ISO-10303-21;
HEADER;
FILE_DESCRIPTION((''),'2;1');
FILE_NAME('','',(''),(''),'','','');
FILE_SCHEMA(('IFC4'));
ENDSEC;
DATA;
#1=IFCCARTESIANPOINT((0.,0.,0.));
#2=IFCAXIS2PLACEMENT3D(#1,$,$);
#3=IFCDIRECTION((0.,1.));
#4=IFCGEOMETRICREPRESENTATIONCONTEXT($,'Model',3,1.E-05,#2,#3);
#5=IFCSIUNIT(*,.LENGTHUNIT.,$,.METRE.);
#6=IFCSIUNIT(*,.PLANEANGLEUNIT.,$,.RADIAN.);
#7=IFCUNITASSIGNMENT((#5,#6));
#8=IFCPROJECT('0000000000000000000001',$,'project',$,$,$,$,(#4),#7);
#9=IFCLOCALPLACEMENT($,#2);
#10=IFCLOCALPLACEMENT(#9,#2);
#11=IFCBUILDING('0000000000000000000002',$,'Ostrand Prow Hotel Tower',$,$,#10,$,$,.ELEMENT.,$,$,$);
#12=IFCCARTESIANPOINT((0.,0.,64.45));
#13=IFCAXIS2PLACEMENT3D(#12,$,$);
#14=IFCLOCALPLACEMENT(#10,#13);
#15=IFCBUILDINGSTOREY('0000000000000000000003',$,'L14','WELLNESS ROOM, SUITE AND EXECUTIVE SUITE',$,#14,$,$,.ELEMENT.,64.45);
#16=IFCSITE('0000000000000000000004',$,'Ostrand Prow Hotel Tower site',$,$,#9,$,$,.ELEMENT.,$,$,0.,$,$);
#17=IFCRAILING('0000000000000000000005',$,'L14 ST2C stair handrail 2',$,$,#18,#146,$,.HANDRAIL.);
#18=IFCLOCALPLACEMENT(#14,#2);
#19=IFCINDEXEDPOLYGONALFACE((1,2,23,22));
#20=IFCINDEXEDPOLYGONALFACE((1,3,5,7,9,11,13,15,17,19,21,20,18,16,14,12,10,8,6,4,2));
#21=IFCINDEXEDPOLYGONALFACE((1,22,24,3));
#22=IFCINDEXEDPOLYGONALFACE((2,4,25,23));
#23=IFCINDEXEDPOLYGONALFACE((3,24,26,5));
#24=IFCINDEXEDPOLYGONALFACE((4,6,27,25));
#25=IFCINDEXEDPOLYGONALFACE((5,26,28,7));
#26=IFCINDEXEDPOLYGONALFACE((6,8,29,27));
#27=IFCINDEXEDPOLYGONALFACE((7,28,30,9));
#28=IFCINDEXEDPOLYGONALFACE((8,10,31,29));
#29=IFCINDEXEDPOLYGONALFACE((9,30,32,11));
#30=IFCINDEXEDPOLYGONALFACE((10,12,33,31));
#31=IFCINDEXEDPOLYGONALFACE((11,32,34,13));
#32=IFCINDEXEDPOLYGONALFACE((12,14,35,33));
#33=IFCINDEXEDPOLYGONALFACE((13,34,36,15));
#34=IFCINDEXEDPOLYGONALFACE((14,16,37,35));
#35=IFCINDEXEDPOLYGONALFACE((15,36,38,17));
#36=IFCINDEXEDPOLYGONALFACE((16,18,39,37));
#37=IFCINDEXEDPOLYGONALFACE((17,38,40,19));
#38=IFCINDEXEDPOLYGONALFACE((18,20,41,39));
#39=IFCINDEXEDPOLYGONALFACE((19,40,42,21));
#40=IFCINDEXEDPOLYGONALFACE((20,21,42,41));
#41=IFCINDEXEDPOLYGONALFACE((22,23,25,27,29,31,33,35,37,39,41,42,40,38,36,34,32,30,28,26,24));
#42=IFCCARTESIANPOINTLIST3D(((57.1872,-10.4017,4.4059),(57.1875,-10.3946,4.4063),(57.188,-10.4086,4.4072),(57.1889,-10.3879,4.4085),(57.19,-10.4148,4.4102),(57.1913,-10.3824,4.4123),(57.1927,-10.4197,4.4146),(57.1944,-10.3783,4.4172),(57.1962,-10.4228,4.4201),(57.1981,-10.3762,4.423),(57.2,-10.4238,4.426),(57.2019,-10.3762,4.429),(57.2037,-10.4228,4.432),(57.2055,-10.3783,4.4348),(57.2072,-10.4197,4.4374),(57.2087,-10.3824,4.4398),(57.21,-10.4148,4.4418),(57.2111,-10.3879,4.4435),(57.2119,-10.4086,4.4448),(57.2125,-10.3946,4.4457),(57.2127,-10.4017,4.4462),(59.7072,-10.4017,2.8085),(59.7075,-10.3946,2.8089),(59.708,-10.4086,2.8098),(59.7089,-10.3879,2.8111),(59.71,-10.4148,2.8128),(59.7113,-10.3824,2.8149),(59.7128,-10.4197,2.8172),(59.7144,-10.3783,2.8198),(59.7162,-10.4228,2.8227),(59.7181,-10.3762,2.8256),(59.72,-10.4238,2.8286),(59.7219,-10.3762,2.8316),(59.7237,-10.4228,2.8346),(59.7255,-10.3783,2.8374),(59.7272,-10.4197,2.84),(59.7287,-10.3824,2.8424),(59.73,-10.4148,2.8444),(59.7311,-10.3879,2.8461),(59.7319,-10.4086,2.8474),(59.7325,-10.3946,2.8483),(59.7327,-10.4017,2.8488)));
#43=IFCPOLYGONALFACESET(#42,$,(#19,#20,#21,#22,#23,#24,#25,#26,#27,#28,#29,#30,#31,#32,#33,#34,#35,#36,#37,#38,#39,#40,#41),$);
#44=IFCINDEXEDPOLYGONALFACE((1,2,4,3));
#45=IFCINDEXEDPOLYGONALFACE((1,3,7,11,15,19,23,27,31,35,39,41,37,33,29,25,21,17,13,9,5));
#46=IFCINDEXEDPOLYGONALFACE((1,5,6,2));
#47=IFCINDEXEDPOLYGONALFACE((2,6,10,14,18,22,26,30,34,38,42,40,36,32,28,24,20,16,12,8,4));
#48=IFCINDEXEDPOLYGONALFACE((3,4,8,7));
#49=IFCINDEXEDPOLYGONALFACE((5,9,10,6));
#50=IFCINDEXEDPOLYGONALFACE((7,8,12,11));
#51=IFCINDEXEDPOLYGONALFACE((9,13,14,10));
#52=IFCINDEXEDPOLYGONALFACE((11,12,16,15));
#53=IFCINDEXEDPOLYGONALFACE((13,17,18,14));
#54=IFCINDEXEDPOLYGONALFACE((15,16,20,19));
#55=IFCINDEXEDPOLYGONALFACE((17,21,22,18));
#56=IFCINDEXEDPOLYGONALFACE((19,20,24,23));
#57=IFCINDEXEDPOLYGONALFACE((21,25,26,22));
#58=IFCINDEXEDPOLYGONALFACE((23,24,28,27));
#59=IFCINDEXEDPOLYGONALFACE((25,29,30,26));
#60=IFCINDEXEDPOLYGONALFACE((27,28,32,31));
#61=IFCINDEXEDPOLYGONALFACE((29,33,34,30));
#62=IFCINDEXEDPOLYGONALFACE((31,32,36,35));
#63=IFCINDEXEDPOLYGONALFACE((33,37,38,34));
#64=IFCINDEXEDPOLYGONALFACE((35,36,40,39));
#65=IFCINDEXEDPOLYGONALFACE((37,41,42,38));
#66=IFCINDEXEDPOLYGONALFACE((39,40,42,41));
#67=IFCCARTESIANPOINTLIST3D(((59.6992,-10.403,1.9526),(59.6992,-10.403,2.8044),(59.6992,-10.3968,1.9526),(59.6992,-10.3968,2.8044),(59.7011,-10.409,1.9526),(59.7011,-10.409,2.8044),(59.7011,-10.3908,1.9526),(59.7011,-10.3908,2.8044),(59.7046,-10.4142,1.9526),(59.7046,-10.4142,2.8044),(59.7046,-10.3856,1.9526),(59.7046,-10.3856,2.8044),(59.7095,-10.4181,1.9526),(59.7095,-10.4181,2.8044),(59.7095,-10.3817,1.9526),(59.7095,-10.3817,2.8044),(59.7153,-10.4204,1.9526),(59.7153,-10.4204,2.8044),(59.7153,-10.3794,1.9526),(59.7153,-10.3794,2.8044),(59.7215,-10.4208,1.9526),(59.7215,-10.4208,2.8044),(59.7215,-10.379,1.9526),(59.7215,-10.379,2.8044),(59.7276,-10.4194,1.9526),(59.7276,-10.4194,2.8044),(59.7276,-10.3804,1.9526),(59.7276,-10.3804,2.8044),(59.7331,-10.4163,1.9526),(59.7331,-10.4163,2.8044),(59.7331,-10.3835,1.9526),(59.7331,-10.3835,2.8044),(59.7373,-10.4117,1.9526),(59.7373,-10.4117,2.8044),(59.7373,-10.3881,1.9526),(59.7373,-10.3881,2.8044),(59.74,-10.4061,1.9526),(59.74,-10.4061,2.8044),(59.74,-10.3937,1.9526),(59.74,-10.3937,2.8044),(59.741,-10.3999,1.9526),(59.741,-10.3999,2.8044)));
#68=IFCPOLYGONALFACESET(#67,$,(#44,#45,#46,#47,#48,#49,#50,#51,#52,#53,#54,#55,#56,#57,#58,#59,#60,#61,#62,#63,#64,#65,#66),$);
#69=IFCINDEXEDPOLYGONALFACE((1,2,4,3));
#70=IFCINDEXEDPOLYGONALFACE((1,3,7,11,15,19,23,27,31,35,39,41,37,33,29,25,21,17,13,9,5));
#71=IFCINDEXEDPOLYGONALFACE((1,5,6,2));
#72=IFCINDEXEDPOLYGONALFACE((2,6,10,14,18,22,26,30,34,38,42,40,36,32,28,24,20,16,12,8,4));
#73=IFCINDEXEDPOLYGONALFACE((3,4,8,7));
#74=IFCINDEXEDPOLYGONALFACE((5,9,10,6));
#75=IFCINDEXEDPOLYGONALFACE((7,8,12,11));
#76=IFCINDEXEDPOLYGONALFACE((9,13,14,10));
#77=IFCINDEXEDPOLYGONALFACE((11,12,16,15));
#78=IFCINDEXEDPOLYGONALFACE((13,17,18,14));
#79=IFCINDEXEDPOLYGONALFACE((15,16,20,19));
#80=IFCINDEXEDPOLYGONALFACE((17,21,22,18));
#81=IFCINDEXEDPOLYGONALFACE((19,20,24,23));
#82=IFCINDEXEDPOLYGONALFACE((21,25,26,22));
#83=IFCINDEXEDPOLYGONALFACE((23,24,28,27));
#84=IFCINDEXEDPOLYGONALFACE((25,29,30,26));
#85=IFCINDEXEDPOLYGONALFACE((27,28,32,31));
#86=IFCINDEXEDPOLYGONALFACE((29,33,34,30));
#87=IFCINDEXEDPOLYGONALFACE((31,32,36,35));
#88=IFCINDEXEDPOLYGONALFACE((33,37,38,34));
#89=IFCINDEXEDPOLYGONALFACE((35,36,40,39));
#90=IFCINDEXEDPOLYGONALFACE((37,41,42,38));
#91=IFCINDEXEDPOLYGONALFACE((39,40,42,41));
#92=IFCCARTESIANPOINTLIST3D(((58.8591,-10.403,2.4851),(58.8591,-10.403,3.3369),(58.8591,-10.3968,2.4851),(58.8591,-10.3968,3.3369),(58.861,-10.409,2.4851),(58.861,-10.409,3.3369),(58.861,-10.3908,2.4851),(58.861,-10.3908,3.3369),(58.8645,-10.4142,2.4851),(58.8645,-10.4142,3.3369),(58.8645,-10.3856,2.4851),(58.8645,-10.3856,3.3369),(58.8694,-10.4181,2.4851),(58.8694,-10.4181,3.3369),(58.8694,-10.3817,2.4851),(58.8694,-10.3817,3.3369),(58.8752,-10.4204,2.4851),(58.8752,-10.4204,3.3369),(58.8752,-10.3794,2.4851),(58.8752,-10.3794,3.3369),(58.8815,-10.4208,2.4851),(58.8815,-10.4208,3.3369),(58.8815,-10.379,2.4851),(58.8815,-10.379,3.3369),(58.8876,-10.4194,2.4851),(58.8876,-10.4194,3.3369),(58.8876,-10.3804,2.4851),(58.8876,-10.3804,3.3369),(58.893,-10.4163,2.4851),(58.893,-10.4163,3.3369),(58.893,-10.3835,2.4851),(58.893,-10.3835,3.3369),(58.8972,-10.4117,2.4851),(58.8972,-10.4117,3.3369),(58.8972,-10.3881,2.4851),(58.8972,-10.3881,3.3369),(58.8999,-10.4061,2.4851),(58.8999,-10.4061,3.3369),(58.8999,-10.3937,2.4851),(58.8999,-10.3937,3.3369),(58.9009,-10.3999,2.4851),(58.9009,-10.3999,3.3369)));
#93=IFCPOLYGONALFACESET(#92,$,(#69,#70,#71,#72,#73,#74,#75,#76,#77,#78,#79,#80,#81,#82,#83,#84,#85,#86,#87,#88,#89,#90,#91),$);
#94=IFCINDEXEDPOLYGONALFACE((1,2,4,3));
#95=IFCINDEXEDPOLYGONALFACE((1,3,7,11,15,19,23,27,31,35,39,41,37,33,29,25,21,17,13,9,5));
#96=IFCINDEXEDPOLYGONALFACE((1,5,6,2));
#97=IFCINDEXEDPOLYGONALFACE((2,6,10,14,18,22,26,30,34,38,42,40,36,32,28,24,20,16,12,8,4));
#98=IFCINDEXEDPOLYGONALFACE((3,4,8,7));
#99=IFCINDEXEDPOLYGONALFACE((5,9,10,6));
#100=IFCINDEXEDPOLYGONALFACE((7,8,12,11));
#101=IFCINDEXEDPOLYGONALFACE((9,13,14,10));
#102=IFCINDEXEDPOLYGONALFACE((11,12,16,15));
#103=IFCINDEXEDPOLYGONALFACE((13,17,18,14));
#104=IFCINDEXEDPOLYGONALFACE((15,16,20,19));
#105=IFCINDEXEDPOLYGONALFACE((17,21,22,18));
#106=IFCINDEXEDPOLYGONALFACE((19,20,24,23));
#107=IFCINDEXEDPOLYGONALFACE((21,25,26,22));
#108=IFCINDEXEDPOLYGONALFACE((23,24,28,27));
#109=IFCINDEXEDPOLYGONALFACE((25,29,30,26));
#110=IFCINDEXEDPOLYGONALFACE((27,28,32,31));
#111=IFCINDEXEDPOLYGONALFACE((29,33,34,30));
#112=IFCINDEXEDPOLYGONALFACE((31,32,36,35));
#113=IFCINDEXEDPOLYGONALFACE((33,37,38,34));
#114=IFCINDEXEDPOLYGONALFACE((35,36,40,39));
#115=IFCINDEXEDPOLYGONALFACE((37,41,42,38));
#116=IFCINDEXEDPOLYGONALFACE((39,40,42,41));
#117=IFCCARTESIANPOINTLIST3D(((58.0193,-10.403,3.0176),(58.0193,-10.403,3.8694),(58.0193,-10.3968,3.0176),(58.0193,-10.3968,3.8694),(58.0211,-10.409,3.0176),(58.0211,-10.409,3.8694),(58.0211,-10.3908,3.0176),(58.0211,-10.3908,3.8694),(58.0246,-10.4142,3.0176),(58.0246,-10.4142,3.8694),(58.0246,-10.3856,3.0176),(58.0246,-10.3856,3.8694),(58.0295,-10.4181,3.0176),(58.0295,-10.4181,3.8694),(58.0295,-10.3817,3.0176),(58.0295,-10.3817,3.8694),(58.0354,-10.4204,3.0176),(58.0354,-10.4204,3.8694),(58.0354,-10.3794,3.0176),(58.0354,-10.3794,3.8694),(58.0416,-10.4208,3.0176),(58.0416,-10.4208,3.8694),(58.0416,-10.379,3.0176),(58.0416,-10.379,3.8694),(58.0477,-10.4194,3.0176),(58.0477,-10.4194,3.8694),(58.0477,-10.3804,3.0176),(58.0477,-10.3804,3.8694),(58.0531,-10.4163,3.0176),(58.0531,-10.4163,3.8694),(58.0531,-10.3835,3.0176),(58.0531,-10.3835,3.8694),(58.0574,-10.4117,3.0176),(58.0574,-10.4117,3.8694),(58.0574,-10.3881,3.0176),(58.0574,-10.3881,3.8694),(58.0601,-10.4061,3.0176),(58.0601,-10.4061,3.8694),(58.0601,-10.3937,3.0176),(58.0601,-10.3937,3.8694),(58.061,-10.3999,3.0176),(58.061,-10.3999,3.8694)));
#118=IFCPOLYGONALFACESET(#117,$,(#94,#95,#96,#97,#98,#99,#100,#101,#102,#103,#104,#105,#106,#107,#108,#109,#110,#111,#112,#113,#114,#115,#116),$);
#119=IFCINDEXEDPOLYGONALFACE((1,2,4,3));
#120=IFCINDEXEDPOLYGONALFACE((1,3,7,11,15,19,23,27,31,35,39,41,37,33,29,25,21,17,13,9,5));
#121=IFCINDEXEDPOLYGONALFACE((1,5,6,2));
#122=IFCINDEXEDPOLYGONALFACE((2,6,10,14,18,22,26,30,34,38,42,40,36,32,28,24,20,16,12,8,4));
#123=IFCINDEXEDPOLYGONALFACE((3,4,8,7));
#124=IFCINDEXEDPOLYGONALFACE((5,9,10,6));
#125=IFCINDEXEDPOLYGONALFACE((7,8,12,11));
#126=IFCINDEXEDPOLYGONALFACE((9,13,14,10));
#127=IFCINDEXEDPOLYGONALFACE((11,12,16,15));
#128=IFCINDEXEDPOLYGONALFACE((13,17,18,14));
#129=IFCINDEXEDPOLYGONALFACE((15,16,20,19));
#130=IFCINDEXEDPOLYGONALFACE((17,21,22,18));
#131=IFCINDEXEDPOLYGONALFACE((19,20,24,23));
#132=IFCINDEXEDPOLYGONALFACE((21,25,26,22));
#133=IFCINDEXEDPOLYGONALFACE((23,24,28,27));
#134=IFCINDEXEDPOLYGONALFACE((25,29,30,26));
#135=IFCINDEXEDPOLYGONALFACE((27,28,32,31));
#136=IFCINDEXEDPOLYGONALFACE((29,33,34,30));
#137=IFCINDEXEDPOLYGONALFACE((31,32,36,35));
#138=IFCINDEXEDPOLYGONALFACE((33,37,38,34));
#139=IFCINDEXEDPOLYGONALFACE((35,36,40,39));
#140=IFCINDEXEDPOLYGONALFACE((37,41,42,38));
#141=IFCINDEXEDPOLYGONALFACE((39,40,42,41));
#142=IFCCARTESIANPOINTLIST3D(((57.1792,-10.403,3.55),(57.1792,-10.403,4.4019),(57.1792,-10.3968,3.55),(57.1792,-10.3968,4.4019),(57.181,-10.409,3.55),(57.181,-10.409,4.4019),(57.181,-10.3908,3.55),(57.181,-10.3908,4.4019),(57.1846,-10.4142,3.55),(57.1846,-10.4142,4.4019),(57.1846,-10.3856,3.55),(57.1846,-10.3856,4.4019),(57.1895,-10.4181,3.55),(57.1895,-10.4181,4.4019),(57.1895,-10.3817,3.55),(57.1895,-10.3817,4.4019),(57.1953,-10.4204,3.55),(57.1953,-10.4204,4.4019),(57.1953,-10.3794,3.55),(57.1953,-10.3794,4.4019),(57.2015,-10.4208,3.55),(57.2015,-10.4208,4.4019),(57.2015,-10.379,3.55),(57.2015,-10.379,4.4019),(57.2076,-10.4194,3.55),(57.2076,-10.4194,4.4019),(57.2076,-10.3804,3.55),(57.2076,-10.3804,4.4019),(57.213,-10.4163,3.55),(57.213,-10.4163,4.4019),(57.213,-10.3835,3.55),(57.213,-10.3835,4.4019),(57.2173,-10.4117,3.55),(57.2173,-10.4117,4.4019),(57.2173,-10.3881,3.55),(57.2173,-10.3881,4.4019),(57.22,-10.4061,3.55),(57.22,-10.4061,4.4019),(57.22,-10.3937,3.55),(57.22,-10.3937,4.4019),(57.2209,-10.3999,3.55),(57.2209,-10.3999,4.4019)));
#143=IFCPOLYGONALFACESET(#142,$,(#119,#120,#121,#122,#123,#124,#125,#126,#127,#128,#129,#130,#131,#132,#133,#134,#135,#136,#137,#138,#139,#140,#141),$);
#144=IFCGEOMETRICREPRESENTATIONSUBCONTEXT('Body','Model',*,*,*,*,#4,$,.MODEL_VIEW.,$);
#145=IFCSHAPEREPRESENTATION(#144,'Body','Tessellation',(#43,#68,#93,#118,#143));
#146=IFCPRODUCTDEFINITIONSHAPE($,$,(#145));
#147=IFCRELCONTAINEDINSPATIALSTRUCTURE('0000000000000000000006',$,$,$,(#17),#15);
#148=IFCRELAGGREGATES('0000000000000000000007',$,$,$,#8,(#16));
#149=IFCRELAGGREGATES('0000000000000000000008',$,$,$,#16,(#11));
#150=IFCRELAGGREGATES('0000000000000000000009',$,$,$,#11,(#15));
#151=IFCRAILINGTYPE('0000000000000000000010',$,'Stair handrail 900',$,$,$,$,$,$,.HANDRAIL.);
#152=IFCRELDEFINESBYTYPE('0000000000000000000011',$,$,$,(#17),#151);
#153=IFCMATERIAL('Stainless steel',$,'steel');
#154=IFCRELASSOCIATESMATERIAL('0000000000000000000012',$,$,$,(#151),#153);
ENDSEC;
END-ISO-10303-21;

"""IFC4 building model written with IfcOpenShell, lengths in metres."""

from ifc_helpers import new_model, si_unit, direction, frame, origin, origin_2d, place, context, subcontext, project, spatial, circle, extrude, material, type_object, element, save


model = new_model("IFC4")

# Units and contexts
model_context = context("Model", 3, precision=1e-05, world=origin(), true_north=direction((0.0, 1.0)))
body_context = subcontext(model_context, "Body", "Model", "MODEL_VIEW")
ifc_project = project(units=[si_unit("LENGTHUNIT", "METRE"), si_unit("PLANEANGLEUNIT", "RADIAN")], contexts=[model_context])

# Site, building, storey
site_placement = place(None, origin())
site = spatial("IfcSite", under=ifc_project, at=site_placement, Name="Ostrand Prow Hotel Tower site", CompositionType="ELEMENT", RefElevation=0.0)
building_placement = place(site_placement, origin())
building = spatial("IfcBuilding", under=site, at=building_placement, Name="Ostrand Prow Hotel Tower", CompositionType="ELEMENT")
storey_placement = place(building_placement, frame((0.0, 0.0, 64.45)))
storey = spatial("IfcBuildingStorey", under=building, at=storey_placement, Name="L14", Description="WELLNESS ROOM, SUITE AND EXECUTIVE SUITE", CompositionType="ELEMENT", Elevation=64.45)

# Railing
ifc_material_1 = material(Name="Stainless steel", Category="steel")
railing_type_1 = type_object("IfcRailingType", Name="Stair handrail 900", PredefinedType="HANDRAIL", material=ifc_material_1)
railing_1_placement = place(storey_placement, frame((59.72, -10.3999, 1.9526)))
element("IfcRailing", 1, at=railing_1_placement, inside=storey, type_object=railing_type_1, Name="L14 ST2C stair handrail 2", PredefinedType="HANDRAIL", context=body_context, shape_type="SweptSolid", body=[
    extrude(circle(Radius=0.0239, at=origin_2d()), frame((0.0, 0.0, 0.876), z_axis=(-0.844607, 0.0, 0.535387), x_axis=(0.0, -1.0, 0.0)), (0.0, 0.0, 1.0), 2.9836),
    extrude(circle(Radius=0.021, at=origin_2d()), origin(), (0.0, 0.0, 1.0), 0.8518),
    extrude(circle(Radius=0.021, at=origin_2d()), frame((-0.8401, 0.0, 0.5325)), (0.0, 0.0, 1.0), 0.8518),
    extrude(circle(Radius=0.021, at=origin_2d()), frame((-1.6799, 0.0, 1.0649)), (0.0, 0.0, 1.0), 0.8518),
    extrude(circle(Radius=0.021, at=origin_2d()), frame((-2.52, 0.0, 1.5974)), (0.0, 0.0, 1.0), 0.8518),
])

save(model, "model.ifc")
